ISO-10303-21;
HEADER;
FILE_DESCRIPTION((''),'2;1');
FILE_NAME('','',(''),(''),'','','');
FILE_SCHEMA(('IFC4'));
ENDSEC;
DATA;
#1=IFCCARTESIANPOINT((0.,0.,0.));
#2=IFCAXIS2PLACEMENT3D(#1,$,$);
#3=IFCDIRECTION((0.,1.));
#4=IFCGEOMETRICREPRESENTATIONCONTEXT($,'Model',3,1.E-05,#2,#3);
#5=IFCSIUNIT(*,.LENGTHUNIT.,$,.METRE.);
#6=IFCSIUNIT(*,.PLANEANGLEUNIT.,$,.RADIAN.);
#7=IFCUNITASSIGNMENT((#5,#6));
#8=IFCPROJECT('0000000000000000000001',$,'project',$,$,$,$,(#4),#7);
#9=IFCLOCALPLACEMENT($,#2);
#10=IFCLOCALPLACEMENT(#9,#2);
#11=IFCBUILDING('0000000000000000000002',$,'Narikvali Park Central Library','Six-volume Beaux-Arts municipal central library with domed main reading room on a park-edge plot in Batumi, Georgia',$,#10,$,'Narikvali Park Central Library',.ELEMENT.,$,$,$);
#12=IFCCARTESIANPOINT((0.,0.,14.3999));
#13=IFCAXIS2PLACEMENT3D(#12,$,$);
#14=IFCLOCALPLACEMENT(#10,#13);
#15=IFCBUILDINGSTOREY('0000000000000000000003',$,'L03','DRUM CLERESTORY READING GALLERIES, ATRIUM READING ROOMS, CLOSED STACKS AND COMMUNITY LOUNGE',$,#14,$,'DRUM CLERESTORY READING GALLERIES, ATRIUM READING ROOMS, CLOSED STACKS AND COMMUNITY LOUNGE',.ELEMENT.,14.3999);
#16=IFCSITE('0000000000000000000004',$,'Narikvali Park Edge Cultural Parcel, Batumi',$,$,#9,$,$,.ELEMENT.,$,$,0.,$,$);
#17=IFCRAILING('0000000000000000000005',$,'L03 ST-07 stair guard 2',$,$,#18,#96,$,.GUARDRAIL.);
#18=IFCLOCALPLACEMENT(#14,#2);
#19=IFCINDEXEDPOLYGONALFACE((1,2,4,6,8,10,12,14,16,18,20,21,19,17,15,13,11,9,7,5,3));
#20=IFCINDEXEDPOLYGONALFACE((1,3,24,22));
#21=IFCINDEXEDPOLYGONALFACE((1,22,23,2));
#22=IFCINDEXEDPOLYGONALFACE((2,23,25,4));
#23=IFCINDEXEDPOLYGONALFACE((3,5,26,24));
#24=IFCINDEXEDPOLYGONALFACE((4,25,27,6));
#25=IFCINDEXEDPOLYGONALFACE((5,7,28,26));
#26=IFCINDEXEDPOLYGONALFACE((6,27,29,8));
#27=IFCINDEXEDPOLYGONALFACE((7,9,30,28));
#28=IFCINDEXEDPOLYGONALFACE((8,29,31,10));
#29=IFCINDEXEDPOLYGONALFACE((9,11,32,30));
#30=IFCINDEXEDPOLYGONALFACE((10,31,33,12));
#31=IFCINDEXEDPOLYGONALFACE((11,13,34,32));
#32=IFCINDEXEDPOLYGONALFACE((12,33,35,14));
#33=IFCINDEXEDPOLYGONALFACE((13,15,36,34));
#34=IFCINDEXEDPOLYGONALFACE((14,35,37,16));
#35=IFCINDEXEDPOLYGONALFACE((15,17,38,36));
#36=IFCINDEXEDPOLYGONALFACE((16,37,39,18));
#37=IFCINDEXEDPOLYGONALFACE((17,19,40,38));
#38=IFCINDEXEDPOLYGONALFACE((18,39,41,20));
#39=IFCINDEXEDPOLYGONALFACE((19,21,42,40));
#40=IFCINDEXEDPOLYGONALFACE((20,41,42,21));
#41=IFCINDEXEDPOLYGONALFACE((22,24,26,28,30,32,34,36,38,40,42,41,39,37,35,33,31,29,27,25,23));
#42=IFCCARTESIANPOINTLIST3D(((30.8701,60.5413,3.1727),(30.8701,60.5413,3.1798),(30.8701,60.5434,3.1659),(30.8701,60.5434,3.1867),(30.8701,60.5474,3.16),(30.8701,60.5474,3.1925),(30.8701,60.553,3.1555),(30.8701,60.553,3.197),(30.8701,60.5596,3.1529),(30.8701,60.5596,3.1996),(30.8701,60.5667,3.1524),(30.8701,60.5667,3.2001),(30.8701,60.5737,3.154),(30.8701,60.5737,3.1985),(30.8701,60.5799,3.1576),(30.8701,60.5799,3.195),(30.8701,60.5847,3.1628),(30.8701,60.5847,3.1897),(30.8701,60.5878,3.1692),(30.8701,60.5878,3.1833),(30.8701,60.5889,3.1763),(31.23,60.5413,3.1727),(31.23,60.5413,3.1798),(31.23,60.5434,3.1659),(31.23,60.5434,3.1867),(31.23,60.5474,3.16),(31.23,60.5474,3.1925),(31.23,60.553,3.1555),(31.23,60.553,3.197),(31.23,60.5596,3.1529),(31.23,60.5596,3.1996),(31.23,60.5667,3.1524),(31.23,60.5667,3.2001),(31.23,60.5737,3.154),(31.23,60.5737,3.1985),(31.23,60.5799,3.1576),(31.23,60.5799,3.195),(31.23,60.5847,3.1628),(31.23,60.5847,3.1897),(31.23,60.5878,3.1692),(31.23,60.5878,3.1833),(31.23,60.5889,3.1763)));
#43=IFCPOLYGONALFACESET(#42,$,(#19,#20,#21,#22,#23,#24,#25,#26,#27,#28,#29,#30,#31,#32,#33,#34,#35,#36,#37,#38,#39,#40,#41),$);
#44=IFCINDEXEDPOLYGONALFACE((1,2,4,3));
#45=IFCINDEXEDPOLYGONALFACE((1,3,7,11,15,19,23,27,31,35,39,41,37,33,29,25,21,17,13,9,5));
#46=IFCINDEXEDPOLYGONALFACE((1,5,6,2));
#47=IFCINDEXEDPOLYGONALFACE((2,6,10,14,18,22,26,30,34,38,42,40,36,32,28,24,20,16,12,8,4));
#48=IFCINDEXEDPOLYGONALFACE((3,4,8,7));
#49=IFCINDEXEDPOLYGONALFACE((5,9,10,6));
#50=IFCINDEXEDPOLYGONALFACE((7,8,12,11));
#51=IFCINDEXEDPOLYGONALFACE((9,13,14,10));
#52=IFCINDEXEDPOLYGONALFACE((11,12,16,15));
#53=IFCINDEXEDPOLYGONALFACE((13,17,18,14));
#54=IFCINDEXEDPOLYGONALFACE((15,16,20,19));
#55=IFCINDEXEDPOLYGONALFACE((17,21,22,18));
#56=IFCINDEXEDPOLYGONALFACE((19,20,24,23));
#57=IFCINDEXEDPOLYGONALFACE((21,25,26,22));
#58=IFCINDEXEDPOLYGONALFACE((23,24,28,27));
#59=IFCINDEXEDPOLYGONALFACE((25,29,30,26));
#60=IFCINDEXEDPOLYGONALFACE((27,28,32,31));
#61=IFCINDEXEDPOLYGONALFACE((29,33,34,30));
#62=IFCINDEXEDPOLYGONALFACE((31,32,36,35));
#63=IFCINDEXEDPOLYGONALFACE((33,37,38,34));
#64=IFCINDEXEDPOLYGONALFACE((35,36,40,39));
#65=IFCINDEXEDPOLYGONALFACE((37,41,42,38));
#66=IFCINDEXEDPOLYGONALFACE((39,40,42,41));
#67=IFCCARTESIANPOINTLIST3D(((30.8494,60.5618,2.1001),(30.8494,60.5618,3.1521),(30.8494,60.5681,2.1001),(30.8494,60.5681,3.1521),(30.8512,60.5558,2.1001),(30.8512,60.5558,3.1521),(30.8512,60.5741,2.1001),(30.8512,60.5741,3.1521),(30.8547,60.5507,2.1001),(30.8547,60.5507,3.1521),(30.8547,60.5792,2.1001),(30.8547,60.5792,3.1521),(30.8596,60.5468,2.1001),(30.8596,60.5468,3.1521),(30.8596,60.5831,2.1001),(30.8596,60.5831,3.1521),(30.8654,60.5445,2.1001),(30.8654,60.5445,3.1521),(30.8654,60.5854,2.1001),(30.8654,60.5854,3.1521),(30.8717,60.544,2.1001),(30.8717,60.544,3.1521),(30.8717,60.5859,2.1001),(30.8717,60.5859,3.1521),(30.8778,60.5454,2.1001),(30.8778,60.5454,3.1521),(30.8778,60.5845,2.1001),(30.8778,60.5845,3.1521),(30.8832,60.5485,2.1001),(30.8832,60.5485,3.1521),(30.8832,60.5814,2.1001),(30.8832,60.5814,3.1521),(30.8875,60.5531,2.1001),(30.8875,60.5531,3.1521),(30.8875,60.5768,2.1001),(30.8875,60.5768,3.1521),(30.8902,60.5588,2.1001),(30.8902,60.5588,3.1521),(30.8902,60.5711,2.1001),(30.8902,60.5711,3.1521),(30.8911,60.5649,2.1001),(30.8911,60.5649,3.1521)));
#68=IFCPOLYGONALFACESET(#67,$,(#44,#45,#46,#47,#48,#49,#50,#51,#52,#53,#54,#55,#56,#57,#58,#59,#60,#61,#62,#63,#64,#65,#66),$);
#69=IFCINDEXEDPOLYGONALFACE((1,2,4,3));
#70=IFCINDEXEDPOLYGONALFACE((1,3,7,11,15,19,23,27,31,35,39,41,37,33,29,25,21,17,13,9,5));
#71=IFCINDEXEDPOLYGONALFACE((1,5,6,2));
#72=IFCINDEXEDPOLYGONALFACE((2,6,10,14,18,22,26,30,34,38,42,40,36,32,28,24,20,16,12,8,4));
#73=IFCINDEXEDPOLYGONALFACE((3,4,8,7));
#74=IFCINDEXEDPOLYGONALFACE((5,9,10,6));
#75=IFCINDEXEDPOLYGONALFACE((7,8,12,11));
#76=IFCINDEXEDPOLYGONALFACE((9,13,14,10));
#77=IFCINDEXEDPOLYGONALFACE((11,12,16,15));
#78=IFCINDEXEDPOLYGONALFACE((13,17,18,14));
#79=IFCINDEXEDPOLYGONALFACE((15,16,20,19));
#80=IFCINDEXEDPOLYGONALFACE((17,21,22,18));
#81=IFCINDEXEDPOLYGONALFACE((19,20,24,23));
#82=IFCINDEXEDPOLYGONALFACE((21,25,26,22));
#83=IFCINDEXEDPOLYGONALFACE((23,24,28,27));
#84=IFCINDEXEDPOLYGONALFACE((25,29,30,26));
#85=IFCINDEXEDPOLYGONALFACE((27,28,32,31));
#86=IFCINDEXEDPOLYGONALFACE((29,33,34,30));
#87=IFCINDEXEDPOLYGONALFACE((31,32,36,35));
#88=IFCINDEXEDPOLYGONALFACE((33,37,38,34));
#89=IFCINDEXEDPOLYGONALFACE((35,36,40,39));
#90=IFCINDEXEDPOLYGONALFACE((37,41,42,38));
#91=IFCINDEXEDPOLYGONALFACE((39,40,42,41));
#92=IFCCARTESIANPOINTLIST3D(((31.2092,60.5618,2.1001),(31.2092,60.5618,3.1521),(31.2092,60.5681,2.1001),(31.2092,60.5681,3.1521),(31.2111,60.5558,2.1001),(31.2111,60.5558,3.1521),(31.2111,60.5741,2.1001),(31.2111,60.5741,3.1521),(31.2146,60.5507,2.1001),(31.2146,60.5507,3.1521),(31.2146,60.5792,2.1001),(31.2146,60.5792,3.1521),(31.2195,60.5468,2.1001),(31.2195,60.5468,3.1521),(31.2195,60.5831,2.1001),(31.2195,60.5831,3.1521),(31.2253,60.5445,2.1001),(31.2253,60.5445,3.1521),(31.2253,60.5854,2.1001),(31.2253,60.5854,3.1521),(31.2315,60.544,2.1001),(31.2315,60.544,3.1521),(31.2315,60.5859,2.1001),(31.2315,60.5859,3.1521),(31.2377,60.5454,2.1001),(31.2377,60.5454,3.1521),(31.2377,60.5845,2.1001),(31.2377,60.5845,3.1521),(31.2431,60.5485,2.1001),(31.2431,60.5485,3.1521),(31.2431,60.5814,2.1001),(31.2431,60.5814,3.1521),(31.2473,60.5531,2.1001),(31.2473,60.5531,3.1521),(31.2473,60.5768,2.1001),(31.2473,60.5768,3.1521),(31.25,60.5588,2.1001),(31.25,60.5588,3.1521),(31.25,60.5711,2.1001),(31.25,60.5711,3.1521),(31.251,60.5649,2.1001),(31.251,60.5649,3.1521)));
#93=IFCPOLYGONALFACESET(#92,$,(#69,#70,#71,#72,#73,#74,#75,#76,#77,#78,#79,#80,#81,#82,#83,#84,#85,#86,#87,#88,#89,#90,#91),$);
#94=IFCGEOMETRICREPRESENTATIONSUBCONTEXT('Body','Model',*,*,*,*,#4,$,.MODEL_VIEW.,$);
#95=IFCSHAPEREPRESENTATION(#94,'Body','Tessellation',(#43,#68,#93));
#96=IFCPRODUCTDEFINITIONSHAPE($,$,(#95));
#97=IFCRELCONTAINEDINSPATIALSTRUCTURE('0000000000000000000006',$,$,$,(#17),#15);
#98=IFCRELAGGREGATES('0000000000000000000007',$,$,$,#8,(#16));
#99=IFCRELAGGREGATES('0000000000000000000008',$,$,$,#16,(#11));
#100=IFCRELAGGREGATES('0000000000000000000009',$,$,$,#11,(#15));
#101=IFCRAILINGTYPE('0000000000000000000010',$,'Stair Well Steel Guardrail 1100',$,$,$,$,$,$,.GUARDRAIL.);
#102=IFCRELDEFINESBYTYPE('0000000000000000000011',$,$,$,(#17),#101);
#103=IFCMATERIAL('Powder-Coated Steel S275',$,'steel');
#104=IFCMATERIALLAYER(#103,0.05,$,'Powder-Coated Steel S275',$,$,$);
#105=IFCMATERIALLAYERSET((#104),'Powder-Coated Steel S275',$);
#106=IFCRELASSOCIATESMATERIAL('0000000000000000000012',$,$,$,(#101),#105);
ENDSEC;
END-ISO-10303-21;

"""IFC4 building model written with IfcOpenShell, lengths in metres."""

from ifc_helpers import new_model, si_unit, direction, frame, origin, origin_2d, place, context, subcontext, project, spatial, circle, extrude, material, layer, layer_set, type_object, element, save


model = new_model("IFC4")

# Units and contexts
model_context = context("Model", 3, precision=1e-05, world=origin(), true_north=direction((0.0, 1.0)))
body_context = subcontext(model_context, "Body", "Model", "MODEL_VIEW")
ifc_project = project(units=[si_unit("LENGTHUNIT", "METRE"), si_unit("PLANEANGLEUNIT", "RADIAN")], contexts=[model_context])

# Site, building, storey
site_placement = place(None, origin())
site = spatial("IfcSite", under=ifc_project, at=site_placement, Name="Narikvali Park Edge Cultural Parcel, Batumi", CompositionType="ELEMENT", RefElevation=0.0)
building_placement = place(site_placement, origin())
building = spatial("IfcBuilding", under=site, at=building_placement, Name="Narikvali Park Central Library", Description="Six-volume Beaux-Arts municipal central library with domed main reading room on a park-edge plot in Batumi, Georgia", LongName="Narikvali Park Central Library", CompositionType="ELEMENT")
storey_placement = place(building_placement, frame((0.0, 0.0, 14.3999)))
storey = spatial("IfcBuildingStorey", under=building, at=storey_placement, Name="L03", Description="DRUM CLERESTORY READING GALLERIES, ATRIUM READING ROOMS, CLOSED STACKS AND COMMUNITY LOUNGE", LongName="DRUM CLERESTORY READING GALLERIES, ATRIUM READING ROOMS, CLOSED STACKS AND COMMUNITY LOUNGE", CompositionType="ELEMENT", Elevation=14.3999)

# Railing
ifc_material_1 = material(Name="Powder-Coated Steel S275", Category="steel")
ifc_layer_1 = layer(ifc_material_1, 0.05, Name="Powder-Coated Steel S275")
ifc_layer_set_1 = layer_set([ifc_layer_1], Name="Powder-Coated Steel S275")
railing_type_1 = type_object("IfcRailingType", Name="Stair Well Steel Guardrail 1100", PredefinedType="GUARDRAIL", material=ifc_layer_set_1)
railing_1_placement = place(storey_placement, frame((30.8701, 60.5649, 2.1001)))
element("IfcRailing", 1, at=railing_1_placement, inside=storey, type_object=railing_type_1, Name="L03 ST-07 stair guard 2", PredefinedType="GUARDRAIL", context=body_context, shape_type="SweptSolid", body=[
    extrude(circle(Radius=0.0239, at=origin_2d()), frame((0.0, 0.0, 1.0762), z_axis=(1.0, 0.0, 0.0), x_axis=(0.0, 1.0, 0.0)), (0.0, 0.0, 1.0), 0.3599),
    extrude(circle(Radius=0.021, at=origin_2d()), origin(), (0.0, 0.0, 1.0), 1.052),
    extrude(circle(Radius=0.021, at=origin_2d()), frame((0.3599, 0.0, 0.0)), (0.0, 0.0, 1.0), 1.052),
])

save(model, "model.ifc")
